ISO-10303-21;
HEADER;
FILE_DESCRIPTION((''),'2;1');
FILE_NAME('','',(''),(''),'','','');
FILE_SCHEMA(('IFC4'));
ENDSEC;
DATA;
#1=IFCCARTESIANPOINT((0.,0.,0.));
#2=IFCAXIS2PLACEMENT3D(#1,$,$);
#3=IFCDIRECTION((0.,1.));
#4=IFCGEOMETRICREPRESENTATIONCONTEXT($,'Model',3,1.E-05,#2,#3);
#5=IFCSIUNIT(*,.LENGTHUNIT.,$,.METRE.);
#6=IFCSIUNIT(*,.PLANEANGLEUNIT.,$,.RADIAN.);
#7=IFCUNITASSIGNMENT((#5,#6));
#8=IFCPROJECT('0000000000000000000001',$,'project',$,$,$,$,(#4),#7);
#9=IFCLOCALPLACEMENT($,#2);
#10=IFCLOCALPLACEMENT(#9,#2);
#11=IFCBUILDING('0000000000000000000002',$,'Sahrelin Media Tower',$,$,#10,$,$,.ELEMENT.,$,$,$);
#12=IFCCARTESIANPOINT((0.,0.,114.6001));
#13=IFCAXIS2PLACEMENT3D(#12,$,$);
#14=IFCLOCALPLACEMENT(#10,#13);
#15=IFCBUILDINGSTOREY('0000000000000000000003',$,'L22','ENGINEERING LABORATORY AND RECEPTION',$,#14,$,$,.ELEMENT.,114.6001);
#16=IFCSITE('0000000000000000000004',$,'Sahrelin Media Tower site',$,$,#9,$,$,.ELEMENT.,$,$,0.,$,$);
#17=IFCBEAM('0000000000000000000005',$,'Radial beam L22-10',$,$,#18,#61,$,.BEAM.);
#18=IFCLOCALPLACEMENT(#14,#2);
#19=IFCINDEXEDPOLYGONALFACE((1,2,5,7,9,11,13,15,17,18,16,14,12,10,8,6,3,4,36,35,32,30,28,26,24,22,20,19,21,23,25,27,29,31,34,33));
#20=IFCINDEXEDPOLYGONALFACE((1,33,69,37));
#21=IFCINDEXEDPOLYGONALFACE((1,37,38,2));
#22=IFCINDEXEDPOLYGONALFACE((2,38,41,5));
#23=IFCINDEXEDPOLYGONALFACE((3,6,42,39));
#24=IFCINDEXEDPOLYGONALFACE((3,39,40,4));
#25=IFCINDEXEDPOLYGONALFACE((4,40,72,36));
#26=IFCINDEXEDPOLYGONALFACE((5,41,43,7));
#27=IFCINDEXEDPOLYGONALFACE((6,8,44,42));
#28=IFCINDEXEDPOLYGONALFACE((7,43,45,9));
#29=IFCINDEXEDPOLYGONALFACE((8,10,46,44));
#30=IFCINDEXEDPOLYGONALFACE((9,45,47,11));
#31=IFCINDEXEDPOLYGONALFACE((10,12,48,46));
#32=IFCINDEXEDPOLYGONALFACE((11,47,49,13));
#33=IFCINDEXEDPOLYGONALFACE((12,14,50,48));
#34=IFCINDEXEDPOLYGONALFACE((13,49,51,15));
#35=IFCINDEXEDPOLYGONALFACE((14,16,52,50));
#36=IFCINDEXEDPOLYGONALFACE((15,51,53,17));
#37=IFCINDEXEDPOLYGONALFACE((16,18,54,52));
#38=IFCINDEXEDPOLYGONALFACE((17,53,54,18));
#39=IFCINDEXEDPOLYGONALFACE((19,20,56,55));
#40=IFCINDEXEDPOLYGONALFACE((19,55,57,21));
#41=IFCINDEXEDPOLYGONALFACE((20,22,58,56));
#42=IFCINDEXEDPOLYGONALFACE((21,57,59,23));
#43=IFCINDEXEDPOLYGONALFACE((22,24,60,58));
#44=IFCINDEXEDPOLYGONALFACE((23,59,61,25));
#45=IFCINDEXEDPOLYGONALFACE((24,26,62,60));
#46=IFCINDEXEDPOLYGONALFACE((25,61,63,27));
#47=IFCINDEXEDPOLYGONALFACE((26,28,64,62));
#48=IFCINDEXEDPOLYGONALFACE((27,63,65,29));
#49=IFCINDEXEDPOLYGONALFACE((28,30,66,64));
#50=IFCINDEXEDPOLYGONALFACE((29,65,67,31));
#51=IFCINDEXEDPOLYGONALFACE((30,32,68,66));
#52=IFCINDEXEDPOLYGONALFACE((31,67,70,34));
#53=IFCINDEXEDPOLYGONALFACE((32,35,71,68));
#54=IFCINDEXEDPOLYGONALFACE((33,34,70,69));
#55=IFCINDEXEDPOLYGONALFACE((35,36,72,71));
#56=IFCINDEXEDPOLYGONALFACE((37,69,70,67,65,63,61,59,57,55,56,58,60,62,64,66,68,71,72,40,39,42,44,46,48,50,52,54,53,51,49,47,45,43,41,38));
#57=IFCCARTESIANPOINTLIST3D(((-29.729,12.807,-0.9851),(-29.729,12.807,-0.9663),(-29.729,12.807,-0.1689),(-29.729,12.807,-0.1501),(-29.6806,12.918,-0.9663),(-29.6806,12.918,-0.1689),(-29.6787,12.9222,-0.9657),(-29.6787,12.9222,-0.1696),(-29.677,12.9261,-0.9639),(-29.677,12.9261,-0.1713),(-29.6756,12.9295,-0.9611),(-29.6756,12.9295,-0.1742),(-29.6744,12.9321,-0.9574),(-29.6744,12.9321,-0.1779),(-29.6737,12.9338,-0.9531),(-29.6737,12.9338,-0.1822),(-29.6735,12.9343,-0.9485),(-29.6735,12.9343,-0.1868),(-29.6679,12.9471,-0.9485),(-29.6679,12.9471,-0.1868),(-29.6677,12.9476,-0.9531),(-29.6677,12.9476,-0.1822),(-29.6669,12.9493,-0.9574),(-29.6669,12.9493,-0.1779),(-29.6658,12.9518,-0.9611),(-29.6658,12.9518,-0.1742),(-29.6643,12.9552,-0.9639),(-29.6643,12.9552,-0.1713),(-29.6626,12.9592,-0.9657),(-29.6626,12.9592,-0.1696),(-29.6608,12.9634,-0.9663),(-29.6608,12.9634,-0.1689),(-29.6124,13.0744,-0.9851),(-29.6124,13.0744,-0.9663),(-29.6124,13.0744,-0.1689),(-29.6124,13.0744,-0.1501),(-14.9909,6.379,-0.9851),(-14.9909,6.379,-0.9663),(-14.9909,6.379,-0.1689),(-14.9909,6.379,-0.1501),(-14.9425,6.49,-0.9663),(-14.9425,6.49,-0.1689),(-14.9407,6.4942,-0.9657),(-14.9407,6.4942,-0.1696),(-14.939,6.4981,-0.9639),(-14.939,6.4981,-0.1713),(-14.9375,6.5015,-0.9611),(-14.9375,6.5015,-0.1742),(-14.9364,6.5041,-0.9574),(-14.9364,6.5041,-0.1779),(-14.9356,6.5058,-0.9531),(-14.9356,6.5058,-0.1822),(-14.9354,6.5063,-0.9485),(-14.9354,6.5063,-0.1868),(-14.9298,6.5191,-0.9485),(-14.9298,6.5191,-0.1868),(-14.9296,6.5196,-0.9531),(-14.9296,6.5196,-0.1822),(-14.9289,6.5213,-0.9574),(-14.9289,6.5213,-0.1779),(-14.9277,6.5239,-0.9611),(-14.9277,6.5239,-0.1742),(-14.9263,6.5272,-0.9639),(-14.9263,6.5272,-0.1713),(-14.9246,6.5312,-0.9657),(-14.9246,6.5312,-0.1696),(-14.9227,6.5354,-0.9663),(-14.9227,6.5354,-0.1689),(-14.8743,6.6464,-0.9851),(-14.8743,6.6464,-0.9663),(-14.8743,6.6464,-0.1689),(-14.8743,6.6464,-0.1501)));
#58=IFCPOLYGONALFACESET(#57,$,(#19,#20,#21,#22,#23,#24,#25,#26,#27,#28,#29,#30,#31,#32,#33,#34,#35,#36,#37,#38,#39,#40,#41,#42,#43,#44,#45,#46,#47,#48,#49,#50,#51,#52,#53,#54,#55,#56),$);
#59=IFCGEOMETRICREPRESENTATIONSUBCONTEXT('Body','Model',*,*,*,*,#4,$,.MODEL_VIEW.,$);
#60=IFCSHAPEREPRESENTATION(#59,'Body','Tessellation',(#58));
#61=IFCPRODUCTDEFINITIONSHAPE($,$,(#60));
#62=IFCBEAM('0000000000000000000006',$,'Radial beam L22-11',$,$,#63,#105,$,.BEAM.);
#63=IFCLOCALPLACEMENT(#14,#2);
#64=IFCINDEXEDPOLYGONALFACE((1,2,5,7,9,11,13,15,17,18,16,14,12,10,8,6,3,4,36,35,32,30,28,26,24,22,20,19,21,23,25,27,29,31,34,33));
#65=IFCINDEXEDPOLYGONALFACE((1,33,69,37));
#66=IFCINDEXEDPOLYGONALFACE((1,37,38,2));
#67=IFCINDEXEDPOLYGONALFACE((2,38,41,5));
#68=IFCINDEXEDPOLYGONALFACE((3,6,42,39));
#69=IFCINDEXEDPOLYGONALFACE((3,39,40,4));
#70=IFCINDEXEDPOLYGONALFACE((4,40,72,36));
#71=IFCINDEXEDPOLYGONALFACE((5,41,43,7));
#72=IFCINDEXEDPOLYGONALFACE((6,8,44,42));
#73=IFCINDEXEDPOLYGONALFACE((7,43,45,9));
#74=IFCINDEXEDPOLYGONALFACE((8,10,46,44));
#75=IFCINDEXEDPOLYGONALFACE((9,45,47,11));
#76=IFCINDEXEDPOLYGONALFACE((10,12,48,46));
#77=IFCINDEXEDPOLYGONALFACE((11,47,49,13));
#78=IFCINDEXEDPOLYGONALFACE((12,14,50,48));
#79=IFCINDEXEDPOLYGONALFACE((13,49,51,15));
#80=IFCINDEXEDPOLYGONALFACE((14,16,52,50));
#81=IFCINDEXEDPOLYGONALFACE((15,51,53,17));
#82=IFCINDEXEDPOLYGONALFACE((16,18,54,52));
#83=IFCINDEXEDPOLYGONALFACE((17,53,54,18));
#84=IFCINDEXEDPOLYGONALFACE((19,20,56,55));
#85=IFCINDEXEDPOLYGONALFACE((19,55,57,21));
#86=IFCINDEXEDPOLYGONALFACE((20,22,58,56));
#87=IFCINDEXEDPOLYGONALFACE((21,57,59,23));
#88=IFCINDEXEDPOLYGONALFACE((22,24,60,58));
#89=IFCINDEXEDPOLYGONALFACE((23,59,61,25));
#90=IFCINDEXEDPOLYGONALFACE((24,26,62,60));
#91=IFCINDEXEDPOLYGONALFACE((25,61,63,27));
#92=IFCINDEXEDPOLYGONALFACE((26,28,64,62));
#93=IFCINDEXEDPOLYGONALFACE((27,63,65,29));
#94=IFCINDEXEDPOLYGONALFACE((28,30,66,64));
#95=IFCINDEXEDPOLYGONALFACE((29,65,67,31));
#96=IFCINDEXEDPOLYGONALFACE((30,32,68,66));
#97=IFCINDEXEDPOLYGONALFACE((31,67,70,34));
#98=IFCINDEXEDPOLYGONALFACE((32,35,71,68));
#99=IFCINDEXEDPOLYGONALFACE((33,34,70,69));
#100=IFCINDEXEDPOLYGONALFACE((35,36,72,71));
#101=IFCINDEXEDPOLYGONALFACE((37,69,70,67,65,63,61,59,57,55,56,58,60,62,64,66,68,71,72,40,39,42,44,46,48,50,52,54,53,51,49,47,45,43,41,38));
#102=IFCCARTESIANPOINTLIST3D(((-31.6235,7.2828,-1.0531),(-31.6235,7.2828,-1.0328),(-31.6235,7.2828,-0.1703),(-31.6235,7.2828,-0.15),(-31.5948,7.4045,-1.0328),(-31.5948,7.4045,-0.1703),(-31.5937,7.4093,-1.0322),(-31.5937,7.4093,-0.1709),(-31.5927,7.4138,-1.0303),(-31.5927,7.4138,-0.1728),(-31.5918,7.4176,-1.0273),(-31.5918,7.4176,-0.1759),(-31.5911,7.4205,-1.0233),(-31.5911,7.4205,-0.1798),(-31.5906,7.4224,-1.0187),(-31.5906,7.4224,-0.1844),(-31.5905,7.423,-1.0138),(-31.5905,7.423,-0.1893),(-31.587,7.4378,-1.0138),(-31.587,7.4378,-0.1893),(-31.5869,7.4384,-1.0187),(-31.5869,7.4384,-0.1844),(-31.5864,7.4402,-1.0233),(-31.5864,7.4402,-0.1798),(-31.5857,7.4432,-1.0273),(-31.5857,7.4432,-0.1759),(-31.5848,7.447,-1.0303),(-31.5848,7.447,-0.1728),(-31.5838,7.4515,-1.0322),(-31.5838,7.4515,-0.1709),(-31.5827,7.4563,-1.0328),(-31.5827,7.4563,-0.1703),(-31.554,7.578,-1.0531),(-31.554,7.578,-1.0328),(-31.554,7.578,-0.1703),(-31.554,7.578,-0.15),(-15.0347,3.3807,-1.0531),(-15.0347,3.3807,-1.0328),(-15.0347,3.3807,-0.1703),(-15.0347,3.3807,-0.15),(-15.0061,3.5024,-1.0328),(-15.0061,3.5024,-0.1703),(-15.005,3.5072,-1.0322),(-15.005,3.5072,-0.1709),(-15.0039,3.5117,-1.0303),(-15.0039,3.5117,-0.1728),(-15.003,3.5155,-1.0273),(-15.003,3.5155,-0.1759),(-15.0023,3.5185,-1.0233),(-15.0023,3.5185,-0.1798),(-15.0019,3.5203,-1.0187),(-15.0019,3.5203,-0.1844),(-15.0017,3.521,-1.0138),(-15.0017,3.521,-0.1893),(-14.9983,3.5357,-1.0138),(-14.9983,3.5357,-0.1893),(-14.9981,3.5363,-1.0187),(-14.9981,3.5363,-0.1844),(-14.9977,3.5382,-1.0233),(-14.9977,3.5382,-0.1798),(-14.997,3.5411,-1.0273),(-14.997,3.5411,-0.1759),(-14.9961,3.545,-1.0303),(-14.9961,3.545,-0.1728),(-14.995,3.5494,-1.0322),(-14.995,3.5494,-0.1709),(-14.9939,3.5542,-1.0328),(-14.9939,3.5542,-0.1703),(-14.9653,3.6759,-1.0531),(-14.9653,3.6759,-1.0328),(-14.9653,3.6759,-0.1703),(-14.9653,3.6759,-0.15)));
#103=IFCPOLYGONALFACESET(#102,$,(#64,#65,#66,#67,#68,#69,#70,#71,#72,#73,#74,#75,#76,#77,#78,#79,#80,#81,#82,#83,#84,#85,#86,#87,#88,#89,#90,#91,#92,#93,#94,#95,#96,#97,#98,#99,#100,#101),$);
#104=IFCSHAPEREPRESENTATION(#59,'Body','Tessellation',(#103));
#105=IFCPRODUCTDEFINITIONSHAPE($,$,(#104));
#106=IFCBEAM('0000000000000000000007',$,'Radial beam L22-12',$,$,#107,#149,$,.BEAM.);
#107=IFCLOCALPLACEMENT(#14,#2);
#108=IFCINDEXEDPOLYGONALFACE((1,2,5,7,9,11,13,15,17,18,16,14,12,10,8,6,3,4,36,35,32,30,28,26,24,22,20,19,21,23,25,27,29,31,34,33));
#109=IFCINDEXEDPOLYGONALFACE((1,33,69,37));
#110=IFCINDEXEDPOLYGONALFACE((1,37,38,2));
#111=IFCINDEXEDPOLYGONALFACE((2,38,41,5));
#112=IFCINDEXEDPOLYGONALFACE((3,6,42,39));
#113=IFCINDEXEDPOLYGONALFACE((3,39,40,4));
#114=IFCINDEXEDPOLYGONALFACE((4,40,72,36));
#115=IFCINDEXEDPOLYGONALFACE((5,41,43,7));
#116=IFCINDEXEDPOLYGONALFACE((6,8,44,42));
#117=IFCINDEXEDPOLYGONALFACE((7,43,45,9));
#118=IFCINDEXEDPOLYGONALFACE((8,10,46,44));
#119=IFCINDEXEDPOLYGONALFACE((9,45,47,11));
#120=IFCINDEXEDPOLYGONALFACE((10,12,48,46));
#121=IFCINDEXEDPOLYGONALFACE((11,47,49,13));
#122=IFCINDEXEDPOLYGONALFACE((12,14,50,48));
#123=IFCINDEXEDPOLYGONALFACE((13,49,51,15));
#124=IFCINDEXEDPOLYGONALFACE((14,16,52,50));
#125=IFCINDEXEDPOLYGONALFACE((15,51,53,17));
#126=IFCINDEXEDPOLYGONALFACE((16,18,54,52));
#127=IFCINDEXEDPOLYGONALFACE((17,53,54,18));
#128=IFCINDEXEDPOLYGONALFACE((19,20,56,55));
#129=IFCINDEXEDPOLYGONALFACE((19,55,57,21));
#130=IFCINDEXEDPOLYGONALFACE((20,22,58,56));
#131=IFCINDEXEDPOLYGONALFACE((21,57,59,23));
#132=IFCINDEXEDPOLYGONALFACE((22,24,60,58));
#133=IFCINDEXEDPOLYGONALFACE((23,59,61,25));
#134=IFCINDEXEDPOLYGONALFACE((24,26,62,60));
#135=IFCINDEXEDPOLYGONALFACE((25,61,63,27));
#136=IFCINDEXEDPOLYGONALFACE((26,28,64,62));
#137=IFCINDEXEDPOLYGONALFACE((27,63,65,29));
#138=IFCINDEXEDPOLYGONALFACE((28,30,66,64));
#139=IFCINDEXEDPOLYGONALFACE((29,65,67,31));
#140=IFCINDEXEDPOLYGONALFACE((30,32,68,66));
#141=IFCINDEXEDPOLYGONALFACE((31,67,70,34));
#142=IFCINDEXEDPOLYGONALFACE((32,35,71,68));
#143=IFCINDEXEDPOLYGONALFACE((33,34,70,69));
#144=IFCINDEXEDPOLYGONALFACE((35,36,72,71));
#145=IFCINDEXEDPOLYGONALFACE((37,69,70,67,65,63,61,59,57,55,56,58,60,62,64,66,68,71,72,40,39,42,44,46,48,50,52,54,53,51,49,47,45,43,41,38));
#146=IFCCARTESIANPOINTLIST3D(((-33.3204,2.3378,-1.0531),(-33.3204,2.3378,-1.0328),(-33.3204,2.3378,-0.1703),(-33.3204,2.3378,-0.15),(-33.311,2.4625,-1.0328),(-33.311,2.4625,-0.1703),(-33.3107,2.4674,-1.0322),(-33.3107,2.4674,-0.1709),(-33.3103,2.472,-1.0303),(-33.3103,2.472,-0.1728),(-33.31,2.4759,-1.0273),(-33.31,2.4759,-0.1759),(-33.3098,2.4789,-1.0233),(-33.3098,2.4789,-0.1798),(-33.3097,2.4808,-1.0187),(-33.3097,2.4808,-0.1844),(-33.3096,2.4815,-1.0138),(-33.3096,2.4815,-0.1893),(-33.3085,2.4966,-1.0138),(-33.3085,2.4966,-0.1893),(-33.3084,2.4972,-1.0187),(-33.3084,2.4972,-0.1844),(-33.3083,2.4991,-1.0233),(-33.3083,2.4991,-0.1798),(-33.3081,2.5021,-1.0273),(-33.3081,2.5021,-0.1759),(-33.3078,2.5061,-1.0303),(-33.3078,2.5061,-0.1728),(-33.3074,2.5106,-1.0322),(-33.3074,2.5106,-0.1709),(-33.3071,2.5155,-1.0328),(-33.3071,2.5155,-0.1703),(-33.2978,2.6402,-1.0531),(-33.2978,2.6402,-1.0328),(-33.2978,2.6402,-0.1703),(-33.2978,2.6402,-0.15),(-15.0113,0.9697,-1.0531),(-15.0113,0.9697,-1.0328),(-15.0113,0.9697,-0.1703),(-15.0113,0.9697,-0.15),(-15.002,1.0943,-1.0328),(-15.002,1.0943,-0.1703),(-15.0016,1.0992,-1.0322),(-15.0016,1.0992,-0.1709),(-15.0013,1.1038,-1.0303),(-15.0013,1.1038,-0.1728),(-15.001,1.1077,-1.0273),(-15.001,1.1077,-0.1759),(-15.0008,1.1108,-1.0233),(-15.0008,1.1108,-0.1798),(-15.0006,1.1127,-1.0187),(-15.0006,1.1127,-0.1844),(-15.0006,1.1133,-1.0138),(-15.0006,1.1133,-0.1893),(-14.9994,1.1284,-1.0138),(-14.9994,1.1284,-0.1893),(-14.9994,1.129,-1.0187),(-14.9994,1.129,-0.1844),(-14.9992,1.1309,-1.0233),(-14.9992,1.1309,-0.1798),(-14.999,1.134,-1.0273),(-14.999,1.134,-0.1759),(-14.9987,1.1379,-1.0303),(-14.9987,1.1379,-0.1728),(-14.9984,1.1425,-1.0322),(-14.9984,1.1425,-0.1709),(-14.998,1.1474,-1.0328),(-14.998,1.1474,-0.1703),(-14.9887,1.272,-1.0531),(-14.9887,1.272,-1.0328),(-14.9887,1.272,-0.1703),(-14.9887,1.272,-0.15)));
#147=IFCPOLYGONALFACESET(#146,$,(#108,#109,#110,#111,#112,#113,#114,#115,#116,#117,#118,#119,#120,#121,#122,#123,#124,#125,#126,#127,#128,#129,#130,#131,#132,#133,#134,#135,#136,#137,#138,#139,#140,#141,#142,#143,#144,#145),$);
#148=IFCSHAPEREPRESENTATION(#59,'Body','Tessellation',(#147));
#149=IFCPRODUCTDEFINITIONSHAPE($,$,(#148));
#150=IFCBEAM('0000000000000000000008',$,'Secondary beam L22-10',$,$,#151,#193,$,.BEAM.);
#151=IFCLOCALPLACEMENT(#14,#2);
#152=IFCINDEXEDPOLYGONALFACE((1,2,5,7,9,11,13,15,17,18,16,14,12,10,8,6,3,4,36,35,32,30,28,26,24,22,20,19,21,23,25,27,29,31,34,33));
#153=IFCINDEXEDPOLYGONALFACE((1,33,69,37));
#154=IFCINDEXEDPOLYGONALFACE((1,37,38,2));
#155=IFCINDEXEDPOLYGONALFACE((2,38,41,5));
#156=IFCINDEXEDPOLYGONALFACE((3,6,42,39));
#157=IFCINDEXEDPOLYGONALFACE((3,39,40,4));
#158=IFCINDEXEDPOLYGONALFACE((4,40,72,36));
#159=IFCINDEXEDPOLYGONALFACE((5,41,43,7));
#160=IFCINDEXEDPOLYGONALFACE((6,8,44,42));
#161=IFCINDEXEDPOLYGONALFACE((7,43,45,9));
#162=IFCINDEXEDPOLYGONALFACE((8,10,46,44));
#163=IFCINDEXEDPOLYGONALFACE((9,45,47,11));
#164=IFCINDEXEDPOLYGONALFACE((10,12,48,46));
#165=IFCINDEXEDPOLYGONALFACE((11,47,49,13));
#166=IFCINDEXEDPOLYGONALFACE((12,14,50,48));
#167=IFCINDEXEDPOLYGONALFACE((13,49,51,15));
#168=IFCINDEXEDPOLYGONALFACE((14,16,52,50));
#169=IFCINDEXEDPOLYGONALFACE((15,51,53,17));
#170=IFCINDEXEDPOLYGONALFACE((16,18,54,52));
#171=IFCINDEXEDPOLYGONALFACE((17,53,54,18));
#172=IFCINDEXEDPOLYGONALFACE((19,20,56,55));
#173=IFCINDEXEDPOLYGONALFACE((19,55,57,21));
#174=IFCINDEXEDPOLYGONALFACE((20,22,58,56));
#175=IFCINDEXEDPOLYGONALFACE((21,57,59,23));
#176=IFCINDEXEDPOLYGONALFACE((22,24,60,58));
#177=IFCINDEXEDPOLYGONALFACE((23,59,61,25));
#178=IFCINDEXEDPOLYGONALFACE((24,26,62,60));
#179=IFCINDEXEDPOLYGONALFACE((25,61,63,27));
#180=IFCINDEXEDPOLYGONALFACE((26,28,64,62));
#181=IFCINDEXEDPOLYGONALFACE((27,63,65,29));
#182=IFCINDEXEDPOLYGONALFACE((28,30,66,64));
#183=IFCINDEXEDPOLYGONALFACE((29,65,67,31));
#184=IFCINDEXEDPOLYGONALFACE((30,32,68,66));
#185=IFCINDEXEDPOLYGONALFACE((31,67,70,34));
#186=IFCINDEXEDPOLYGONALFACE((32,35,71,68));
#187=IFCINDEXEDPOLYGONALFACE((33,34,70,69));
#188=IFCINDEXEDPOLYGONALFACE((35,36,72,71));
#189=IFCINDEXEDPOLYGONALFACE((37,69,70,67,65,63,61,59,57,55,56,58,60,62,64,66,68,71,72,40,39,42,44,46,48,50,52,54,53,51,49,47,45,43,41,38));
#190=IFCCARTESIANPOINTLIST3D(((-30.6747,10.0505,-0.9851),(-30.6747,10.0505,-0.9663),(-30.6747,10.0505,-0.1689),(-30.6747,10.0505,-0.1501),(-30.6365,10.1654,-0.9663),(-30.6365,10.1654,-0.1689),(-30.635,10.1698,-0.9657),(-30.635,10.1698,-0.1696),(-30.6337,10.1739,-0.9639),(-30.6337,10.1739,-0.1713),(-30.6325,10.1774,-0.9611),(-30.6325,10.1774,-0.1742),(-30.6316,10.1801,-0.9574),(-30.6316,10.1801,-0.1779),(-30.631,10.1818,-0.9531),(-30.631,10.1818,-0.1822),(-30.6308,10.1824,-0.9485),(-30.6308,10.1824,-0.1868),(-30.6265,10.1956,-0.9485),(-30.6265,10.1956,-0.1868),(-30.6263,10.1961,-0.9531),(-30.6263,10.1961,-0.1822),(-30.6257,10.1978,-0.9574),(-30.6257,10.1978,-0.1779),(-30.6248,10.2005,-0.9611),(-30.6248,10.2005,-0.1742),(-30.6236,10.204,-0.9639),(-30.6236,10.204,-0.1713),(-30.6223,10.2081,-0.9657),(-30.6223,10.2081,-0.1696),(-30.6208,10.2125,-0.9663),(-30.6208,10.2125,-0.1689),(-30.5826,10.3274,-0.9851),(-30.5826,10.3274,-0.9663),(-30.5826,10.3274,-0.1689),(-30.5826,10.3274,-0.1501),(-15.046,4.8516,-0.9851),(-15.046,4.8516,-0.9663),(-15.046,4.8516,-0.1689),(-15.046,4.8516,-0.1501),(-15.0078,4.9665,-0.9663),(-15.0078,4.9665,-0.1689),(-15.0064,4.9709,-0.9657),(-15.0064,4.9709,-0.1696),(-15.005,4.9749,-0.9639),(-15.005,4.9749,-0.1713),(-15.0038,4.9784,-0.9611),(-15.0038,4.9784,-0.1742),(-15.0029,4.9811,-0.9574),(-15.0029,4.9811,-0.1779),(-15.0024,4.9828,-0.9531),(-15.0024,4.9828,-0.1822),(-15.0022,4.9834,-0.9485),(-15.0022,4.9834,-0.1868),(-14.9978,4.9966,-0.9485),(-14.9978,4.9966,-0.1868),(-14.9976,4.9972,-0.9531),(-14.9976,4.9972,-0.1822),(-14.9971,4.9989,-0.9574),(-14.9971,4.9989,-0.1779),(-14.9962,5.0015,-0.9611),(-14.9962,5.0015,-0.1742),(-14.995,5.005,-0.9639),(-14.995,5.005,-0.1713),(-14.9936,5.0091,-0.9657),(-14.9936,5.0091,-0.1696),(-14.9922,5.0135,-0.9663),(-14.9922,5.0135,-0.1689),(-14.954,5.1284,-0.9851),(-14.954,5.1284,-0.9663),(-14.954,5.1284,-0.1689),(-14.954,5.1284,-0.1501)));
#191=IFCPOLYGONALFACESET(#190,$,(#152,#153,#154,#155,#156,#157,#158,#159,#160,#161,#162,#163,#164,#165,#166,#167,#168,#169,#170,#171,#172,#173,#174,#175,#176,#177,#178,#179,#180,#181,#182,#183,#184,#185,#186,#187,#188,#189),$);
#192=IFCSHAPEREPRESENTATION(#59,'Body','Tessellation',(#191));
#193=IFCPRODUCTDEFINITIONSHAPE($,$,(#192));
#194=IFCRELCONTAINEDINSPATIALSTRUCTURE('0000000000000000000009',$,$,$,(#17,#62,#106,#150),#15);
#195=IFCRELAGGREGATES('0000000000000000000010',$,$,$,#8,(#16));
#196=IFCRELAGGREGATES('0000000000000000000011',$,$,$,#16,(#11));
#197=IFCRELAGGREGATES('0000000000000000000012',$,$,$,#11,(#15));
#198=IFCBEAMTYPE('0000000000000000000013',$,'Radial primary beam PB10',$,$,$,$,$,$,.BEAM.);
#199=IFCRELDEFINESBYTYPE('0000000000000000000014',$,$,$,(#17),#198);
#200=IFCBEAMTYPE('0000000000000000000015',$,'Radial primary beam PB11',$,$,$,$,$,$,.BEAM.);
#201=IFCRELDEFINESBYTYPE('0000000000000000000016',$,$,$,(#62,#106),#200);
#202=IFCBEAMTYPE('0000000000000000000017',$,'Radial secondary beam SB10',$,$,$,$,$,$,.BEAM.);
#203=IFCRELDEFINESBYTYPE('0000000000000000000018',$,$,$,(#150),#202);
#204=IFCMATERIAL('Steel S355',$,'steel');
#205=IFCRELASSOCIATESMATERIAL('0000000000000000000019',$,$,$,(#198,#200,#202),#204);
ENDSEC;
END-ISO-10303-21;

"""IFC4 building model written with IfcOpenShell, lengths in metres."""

from ifc_helpers import new_model, si_unit, direction, frame, origin, origin_2d, place, context, subcontext, project, spatial, i_section, extrude, material, material_profile, profile_set, type_object, element, save


model = new_model("IFC4")

# Units and contexts
model_context = context("Model", 3, precision=1e-05, world=origin(), true_north=direction((0.0, 1.0)))
body_context = subcontext(model_context, "Body", "Model", "MODEL_VIEW")
ifc_project = project(units=[si_unit("LENGTHUNIT", "METRE"), si_unit("PLANEANGLEUNIT", "RADIAN")], contexts=[model_context])

# Site, building, storey
site_placement = place(None, origin())
site = spatial("IfcSite", under=ifc_project, at=site_placement, Name="Sahrelin Media Tower site", CompositionType="ELEMENT", RefElevation=0.0)
building_placement = place(site_placement, origin())
building = spatial("IfcBuilding", under=site, at=building_placement, Name="Sahrelin Media Tower", CompositionType="ELEMENT")
storey_placement = place(building_placement, frame((0.0, 0.0, 114.6001)))
storey = spatial("IfcBuildingStorey", under=building, at=storey_placement, Name="L22", Description="ENGINEERING LABORATORY AND RECEPTION", CompositionType="ELEMENT", Elevation=114.6001)

# Beams
ifc_material_1 = material(Name="Steel S355", Category="steel")
ifc_material_profile_1 = material_profile(ifc_material_1, i_section(OverallWidth=0.2917, OverallDepth=0.835, WebThickness=0.0139, FlangeThickness=0.0188, FilletRadius=0.0178, at=origin_2d()), Name="UB 838x292x176")
ifc_profile_set_1 = profile_set([ifc_material_profile_1], Name="Steel S355")
beam_type_1 = type_object("IfcBeamType", Name="Radial primary beam PB10", PredefinedType="BEAM", material=ifc_profile_set_1)
beam_1_placement = place(storey_placement, frame((-14.9326, 6.5127, -0.5676), z_axis=(-0.916612, 0.399779, 0.0), x_axis=(-0.399779, -0.916612, 0.0)))
element("IfcBeam", 1, at=beam_1_placement, inside=storey, type_object=beam_type_1, Name="Radial beam L22-10", PredefinedType="BEAM", context=body_context, shape_type="SweptSolid", body=[
    extrude(i_section(OverallWidth=0.2917, OverallDepth=0.835, WebThickness=0.0139, FlangeThickness=0.0188, FilletRadius=0.0178, at=origin_2d()), origin(), (0.0, 0.0, 1.0), 16.0789),
])
ifc_material_profile_2 = material_profile(ifc_material_1, i_section(OverallWidth=0.3032, OverallDepth=0.9031, WebThickness=0.0151, FlangeThickness=0.0203, FilletRadius=0.019, at=origin_2d()), Name="UB 914x305x201")
ifc_profile_set_2 = profile_set([ifc_material_profile_2], Name="Steel S355")
beam_type_2 = type_object("IfcBeamType", Name="Radial primary beam PB11", PredefinedType="BEAM", material=ifc_profile_set_2)
beam_2_placement = place(storey_placement, frame((-15.0, 3.5283, -0.6016), z_axis=(-0.973432, 0.228975, 0.0), x_axis=(-0.228975, -0.973432, 0.0)))
element("IfcBeam", 2, at=beam_2_placement, inside=storey, type_object=beam_type_2, Name="Radial beam L22-11", PredefinedType="BEAM", context=body_context, shape_type="SweptSolid", body=[
    extrude(i_section(OverallWidth=0.3032, OverallDepth=0.9031, WebThickness=0.0151, FlangeThickness=0.0203, FilletRadius=0.019, at=origin_2d()), origin(), (0.0, 0.0, 1.0), 17.0415),
])
beam_3_placement = place(storey_placement, frame((-15.0, 1.1208, -0.6016), z_axis=(-0.99722, 0.074518, 0.0), x_axis=(-0.074518, -0.99722, 0.0)))
element("IfcBeam", 3, at=beam_3_placement, inside=storey, type_object=beam_type_2, Name="Radial beam L22-12", PredefinedType="BEAM", context=body_context, shape_type="SweptSolid", body=[
    extrude(i_section(OverallWidth=0.3032, OverallDepth=0.9031, WebThickness=0.0151, FlangeThickness=0.0203, FilletRadius=0.019, at=origin_2d()), origin(), (0.0, 0.0, 1.0), 18.3601),
])
ifc_material_profile_3 = material_profile(ifc_material_1, i_section(OverallWidth=0.2917, OverallDepth=0.835, WebThickness=0.0139, FlangeThickness=0.0188, FilletRadius=0.0178, at=origin_2d()), Name="UB 838x292x176")
ifc_profile_set_3 = profile_set([ifc_material_profile_3], Name="Steel S355")
beam_type_3 = type_object("IfcBeamType", Name="Radial secondary beam SB10", PredefinedType="BEAM", material=ifc_profile_set_3)
beam_4_placement = place(storey_placement, frame((-15.0, 4.99, -0.5676), z_axis=(-0.948876, 0.31565, 0.0), x_axis=(-0.31565, -0.948876, 0.0)))
element("IfcBeam", 4, at=beam_4_placement, inside=storey, type_object=beam_type_3, Name="Secondary beam L22-10", PredefinedType="BEAM", context=body_context, shape_type="SweptSolid", body=[
    extrude(i_section(OverallWidth=0.2917, OverallDepth=0.835, WebThickness=0.0139, FlangeThickness=0.0188, FilletRadius=0.0178, at=origin_2d()), origin(), (0.0, 0.0, 1.0), 16.4707),
])

save(model, "model.ifc")
